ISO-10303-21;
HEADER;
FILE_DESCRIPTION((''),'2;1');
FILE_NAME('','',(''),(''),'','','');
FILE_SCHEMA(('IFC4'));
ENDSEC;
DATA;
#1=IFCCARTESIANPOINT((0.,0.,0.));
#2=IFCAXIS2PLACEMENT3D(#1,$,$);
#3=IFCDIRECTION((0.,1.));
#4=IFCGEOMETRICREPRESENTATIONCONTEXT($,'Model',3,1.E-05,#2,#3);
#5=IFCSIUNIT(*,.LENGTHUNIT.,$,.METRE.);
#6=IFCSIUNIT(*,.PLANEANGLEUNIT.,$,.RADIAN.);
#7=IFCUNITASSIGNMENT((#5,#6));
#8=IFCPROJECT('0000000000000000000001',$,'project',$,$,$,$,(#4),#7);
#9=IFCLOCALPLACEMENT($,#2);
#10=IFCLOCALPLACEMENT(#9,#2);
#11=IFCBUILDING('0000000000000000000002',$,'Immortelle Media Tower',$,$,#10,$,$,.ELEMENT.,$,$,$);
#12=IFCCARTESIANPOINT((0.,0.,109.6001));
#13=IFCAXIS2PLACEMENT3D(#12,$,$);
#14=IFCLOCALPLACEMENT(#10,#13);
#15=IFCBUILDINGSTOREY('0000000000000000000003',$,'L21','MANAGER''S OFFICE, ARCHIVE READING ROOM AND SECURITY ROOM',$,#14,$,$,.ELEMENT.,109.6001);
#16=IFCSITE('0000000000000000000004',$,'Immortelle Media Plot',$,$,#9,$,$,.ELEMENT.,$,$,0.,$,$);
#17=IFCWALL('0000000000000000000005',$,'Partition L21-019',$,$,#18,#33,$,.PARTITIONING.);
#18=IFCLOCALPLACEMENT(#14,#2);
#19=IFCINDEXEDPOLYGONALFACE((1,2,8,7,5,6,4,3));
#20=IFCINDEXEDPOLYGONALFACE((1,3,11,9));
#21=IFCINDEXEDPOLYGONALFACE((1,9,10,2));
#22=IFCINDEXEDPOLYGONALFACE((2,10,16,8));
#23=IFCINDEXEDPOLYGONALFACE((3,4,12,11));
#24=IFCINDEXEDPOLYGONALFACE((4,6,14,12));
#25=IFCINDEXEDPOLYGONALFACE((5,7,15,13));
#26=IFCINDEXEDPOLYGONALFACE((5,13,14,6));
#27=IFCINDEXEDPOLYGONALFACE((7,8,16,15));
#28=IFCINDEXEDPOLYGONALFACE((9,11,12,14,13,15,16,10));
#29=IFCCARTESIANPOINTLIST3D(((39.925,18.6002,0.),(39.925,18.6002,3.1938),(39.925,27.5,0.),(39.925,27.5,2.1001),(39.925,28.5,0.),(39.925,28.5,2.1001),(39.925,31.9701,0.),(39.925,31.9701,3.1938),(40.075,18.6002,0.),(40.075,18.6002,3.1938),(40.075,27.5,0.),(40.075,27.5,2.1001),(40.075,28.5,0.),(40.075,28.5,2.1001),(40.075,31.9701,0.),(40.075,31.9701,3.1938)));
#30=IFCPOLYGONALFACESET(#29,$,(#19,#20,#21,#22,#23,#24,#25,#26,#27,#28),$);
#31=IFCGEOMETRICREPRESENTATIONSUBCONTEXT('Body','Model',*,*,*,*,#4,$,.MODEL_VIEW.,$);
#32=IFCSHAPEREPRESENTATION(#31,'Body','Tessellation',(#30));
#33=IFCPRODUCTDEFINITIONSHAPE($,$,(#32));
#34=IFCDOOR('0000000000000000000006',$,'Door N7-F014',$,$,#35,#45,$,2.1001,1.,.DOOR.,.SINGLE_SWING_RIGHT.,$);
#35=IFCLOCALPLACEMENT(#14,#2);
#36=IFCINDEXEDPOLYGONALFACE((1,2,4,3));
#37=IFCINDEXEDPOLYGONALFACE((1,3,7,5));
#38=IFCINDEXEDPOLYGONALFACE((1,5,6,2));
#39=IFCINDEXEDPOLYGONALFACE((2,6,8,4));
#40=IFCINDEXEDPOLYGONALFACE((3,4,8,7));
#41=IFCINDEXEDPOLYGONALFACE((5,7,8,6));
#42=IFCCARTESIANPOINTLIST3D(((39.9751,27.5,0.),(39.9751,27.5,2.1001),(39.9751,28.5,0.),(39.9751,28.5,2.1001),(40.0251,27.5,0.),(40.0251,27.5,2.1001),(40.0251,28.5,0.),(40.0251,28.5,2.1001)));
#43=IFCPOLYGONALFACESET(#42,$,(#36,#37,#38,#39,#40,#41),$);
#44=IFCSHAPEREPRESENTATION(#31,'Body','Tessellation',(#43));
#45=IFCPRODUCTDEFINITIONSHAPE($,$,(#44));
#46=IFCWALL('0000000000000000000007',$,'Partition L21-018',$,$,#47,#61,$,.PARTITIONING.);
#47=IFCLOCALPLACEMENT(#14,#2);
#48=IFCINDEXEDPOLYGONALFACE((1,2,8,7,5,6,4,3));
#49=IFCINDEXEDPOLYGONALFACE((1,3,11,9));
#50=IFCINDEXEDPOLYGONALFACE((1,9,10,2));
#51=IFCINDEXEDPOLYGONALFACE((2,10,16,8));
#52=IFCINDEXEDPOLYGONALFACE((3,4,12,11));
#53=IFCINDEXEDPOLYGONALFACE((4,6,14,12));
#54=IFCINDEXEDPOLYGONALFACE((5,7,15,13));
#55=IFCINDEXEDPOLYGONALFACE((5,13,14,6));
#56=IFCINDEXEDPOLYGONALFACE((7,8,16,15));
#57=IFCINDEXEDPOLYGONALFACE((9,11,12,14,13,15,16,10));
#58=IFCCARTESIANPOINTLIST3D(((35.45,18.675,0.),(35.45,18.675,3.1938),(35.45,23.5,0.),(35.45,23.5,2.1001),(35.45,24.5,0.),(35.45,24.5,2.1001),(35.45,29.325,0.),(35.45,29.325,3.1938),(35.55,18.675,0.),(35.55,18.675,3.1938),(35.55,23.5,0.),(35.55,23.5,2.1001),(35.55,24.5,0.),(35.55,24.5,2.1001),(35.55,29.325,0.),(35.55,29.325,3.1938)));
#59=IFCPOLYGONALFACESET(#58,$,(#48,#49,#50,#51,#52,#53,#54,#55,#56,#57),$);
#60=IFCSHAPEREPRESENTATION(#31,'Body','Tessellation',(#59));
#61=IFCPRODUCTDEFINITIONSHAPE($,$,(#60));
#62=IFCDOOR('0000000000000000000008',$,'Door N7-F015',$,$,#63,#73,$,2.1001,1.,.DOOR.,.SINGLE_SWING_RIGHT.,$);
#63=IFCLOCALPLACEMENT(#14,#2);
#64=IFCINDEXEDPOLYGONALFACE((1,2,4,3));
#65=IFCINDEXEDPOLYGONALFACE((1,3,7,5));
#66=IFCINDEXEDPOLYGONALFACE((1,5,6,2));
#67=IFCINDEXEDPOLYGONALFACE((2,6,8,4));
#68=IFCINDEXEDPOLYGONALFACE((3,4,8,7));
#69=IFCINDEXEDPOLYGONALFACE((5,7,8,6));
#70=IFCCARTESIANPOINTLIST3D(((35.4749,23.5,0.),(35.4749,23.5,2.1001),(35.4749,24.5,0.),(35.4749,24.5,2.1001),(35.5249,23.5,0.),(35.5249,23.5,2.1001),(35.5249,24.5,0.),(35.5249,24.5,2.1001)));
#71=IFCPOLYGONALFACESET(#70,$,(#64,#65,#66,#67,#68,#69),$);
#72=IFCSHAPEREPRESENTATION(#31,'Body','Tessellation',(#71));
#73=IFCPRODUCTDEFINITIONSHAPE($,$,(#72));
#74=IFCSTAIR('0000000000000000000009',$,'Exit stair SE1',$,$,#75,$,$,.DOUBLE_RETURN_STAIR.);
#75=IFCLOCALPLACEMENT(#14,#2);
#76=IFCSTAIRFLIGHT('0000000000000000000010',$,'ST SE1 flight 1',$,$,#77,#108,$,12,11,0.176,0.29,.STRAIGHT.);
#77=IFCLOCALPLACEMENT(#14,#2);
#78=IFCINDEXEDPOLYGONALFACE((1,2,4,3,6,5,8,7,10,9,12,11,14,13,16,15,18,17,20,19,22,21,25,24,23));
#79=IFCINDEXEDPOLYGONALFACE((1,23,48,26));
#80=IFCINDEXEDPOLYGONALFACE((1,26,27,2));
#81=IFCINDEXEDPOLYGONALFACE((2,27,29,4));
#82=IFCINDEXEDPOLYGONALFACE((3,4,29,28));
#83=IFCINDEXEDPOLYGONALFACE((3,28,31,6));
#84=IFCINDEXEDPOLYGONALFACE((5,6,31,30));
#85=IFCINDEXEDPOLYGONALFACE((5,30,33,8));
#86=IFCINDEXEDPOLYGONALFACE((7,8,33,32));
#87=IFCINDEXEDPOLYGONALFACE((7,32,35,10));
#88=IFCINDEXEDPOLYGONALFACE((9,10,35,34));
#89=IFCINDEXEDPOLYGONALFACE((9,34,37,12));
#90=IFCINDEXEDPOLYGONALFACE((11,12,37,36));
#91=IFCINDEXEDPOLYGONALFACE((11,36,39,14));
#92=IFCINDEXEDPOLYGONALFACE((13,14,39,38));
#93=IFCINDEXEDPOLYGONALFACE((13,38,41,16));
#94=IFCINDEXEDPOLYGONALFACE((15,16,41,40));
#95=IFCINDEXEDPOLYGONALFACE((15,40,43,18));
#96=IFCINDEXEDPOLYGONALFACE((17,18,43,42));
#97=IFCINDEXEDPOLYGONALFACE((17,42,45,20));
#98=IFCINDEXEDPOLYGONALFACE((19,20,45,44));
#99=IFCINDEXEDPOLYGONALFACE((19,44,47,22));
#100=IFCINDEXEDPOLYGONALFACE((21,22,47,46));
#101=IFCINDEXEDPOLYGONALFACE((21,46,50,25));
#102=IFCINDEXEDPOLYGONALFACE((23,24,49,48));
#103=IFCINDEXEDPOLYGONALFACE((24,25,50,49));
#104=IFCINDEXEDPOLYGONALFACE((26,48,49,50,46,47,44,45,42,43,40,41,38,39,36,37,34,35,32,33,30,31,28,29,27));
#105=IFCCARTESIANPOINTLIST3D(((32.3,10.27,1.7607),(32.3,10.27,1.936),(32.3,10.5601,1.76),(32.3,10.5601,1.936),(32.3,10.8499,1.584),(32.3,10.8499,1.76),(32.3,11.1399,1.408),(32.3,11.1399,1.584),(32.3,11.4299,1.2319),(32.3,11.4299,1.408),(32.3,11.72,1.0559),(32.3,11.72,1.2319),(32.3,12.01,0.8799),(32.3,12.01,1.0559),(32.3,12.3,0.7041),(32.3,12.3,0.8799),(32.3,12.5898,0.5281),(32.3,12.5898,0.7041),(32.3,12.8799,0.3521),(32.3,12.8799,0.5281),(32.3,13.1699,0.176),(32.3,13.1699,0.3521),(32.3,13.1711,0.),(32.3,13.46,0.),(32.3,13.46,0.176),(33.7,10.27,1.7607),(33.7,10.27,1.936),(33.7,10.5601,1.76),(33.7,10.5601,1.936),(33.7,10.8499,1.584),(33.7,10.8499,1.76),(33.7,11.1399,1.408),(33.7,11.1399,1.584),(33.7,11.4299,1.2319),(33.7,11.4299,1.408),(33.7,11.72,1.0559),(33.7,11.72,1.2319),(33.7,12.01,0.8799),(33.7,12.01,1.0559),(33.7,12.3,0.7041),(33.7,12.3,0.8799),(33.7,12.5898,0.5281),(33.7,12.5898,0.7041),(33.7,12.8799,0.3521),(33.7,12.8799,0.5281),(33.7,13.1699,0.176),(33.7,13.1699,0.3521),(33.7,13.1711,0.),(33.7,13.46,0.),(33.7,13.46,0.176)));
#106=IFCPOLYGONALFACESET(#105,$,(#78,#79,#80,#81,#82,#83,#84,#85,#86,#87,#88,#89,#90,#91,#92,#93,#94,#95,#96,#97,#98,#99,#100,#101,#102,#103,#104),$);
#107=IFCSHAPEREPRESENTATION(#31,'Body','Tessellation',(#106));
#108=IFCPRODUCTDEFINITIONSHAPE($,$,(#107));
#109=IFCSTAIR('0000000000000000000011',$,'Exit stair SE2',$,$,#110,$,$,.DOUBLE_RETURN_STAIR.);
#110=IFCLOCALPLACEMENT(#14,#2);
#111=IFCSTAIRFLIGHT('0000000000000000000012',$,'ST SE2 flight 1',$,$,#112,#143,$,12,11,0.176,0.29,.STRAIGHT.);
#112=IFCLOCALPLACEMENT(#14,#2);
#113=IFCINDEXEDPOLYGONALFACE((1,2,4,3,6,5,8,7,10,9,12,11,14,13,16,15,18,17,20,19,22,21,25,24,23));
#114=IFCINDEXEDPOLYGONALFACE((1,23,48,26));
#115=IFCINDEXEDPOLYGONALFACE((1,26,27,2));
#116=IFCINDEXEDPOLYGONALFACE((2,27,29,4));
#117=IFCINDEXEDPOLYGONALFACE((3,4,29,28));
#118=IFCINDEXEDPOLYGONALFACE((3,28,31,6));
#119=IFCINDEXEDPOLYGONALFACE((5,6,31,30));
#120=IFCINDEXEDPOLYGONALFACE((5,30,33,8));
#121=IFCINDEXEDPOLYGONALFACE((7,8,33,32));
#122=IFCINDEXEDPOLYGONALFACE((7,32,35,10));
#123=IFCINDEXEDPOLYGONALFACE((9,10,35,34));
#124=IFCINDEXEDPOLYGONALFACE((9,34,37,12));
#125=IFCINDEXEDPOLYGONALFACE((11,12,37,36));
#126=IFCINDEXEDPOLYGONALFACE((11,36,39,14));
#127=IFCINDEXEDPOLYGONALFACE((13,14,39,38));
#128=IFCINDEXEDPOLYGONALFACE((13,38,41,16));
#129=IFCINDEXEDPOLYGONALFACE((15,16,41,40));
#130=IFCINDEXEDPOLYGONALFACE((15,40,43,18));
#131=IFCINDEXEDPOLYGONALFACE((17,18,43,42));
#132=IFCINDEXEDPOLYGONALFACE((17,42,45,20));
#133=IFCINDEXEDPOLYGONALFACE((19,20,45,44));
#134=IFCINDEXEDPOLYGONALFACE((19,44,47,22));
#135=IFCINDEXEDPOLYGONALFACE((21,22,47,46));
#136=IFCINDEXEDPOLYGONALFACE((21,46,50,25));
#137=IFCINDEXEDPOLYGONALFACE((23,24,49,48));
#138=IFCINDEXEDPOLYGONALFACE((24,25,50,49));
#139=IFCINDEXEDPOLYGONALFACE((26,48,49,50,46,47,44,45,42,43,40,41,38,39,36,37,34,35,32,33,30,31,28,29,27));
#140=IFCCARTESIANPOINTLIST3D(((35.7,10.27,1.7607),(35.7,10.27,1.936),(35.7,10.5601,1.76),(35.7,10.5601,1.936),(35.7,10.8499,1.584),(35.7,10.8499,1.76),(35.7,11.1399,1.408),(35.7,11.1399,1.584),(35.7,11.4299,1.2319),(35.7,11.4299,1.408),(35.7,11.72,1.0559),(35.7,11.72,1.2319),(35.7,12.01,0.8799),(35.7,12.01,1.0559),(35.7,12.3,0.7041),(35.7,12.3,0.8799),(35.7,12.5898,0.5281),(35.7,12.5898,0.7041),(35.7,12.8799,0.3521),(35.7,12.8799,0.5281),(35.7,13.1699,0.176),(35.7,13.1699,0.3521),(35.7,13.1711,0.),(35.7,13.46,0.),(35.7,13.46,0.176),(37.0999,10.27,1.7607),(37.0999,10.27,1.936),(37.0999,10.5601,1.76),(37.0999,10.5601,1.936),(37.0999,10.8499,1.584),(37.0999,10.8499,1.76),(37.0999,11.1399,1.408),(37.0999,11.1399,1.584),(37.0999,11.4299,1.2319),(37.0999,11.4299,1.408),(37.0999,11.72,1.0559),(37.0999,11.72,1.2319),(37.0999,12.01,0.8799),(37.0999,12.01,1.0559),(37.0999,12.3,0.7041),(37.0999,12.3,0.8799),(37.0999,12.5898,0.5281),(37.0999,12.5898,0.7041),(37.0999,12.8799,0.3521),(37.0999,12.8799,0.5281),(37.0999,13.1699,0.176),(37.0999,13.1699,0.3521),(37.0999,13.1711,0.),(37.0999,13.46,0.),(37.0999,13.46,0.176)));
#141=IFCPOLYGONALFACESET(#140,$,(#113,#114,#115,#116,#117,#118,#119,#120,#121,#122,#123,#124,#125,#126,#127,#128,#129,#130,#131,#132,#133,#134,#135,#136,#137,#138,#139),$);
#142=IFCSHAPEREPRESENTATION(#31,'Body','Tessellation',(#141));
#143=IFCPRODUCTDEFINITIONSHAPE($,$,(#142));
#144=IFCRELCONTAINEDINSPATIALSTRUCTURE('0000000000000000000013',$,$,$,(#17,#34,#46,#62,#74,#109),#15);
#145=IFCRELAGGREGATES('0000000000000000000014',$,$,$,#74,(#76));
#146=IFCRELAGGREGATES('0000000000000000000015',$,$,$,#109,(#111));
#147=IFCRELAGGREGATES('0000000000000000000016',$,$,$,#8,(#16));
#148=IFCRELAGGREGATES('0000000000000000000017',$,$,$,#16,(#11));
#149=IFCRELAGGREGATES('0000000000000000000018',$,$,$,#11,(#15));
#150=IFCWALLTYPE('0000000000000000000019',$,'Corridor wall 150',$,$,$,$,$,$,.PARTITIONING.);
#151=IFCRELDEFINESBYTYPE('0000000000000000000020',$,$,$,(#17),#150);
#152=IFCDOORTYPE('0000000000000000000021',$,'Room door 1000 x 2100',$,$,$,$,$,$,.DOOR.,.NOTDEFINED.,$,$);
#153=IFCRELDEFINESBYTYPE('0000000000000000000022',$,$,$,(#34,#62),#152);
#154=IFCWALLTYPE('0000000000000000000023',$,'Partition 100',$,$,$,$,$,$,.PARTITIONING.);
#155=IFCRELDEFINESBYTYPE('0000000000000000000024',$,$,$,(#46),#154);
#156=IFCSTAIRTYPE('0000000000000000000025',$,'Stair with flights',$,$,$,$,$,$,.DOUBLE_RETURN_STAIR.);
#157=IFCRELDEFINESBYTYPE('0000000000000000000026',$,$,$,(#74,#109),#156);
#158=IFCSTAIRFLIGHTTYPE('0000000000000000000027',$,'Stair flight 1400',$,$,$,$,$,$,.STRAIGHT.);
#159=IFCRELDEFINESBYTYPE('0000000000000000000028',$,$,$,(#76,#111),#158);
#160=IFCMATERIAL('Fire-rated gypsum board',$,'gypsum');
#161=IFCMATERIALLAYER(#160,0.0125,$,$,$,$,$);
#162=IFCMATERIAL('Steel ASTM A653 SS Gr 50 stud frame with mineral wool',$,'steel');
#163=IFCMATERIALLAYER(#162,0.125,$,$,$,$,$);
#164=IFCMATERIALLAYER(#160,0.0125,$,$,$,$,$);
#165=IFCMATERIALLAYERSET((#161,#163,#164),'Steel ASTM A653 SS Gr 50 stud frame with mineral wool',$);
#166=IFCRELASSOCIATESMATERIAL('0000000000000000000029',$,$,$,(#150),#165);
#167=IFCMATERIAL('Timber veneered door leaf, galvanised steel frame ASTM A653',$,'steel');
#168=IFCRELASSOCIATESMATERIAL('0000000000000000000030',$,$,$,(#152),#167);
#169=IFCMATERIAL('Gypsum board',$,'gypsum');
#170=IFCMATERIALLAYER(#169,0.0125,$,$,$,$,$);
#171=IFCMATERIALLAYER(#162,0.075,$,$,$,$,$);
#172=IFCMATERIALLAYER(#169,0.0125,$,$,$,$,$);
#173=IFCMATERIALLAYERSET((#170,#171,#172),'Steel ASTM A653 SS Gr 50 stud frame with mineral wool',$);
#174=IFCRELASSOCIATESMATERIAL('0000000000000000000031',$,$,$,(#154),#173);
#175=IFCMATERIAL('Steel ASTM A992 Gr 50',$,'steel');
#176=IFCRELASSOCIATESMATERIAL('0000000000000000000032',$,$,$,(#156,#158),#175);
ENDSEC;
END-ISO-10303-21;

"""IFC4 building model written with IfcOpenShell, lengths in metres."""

from ifc_helpers import new_model, si_unit, direction, frame, frame_2d, origin, place, context, subcontext, project, spatial, polyline, rectangle, outline, extrude, material, layer, layer_set, type_object, element, fill, aggregate, save


model = new_model("IFC4")

# Units and contexts
model_context = context("Model", 3, precision=1e-05, world=origin(), true_north=direction((0.0, 1.0)))
body_context = subcontext(model_context, "Body", "Model", "MODEL_VIEW")
ifc_project = project(units=[si_unit("LENGTHUNIT", "METRE"), si_unit("PLANEANGLEUNIT", "RADIAN")], contexts=[model_context])

# Site, building, storey
site_placement = place(None, origin())
site = spatial("IfcSite", under=ifc_project, at=site_placement, Name="Immortelle Media Plot", CompositionType="ELEMENT", RefElevation=0.0)
building_placement = place(site_placement, origin())
building = spatial("IfcBuilding", under=site, at=building_placement, Name="Immortelle Media Tower", CompositionType="ELEMENT")
storey_placement = place(building_placement, frame((0.0, 0.0, 109.6001)))
storey = spatial("IfcBuildingStorey", under=building, at=storey_placement, Name="L21", Description="MANAGER'S OFFICE, ARCHIVE READING ROOM AND SECURITY ROOM", CompositionType="ELEMENT", Elevation=109.6001)

# Shared definitions
ifc_material_1 = material(Name="Steel ASTM A992 Gr 50", Category="steel")

# Walls, openings, doors
ifc_material_2 = material(Name="Fire-rated gypsum board", Category="gypsum")
ifc_layer_1 = layer(ifc_material_2, 0.0125)
ifc_material_3 = material(Name="Steel ASTM A653 SS Gr 50 stud frame with mineral wool", Category="steel")
ifc_layer_2 = layer(ifc_material_3, 0.125)
ifc_layer_3 = layer(ifc_material_2, 0.0125)
ifc_layer_set_1 = layer_set([ifc_layer_1, ifc_layer_2, ifc_layer_3], Name="Steel ASTM A653 SS Gr 50 stud frame with mineral wool")
wall_type_1 = type_object("IfcWallType", Name="Corridor wall 150", PredefinedType="PARTITIONING", material=ifc_layer_set_1)
wall_1_placement = place(storey_placement, frame((40.0, 18.6001, 0.0), z_axis=(0.0, 0.0, 1.0), x_axis=(0.0, 1.0, 0.0)))
wall_1 = element("IfcWall", 1, at=wall_1_placement, inside=storey, type_object=wall_type_1, Name="Partition L21-019", PredefinedType="PARTITIONING", context=body_context, shape_type="SweptSolid", body=[
    extrude(rectangle(XDim=13.3699, YDim=0.1499, at=frame_2d((6.6851, 0.0))), origin(), (0.0, 0.0, 1.0), 3.1938),
])
opening_1_placement = place(wall_1_placement, frame((8.8999, 0.0, 0.0)))
opening_1 = element("IfcOpeningElement", 2, at=opening_1_placement, cuts=wall_1, PredefinedType="OPENING", context=body_context, shape_type="SweptSolid", body=[
    extrude(rectangle(XDim=1.0, YDim=2.1001, at=frame_2d((0.5, 1.05))), frame((0.0, 0.085, 0.0), z_axis=(0.0, -1.0, 0.0), x_axis=(1.0, 0.0, 0.0)), (0.0, 0.0, 1.0), 0.1699),
])
ifc_material_4 = material(Name="Timber veneered door leaf, galvanised steel frame ASTM A653", Category="steel")
door_type = type_object("IfcDoorType", Name="Room door 1000 x 2100", OperationType="NOTDEFINED", PredefinedType="DOOR", material=ifc_material_4)
door_1_placement = place(opening_1_placement, origin())
door_1 = element("IfcDoor", 3, at=door_1_placement, inside=storey, type_object=door_type, Name="Door N7-F014", OperationType="SINGLE_SWING_RIGHT", OverallHeight=2.1001, OverallWidth=1.0, PredefinedType="DOOR", context=body_context, shape_type="SweptSolid", body=[
    extrude(rectangle(XDim=1.0, YDim=2.1001, at=frame_2d((0.5, 1.05))), frame((0.0, 0.0249, 0.0), z_axis=(0.0, -1.0, 0.0), x_axis=(1.0, 0.0, 0.0)), (0.0, 0.0, 1.0), 0.05),
])
fill(opening_1, door_1)
ifc_material_5 = material(Name="Gypsum board", Category="gypsum")
ifc_layer_4 = layer(ifc_material_5, 0.0125)
ifc_layer_5 = layer(ifc_material_3, 0.075)
ifc_layer_6 = layer(ifc_material_5, 0.0125)
ifc_layer_set_2 = layer_set([ifc_layer_4, ifc_layer_5, ifc_layer_6], Name="Steel ASTM A653 SS Gr 50 stud frame with mineral wool")
wall_type_2 = type_object("IfcWallType", Name="Partition 100", PredefinedType="PARTITIONING", material=ifc_layer_set_2)
wall_2_placement = place(storey_placement, frame((35.5, 18.675, 0.0), z_axis=(0.0, 0.0, 1.0), x_axis=(0.0, 1.0, 0.0)))
wall_2 = element("IfcWall", 4, at=wall_2_placement, inside=storey, type_object=wall_type_2, Name="Partition L21-018", PredefinedType="PARTITIONING", context=body_context, shape_type="SweptSolid", body=[
    extrude(rectangle(XDim=10.6499, YDim=0.1001, at=frame_2d((5.325, 0.0))), origin(), (0.0, 0.0, 1.0), 3.1938),
])
opening_2_placement = place(wall_2_placement, frame((5.825, 0.0, 0.0), z_axis=(0.0, 0.0, 1.0), x_axis=(-1.0, 0.0, 0.0)))
opening_2 = element("IfcOpeningElement", 5, at=opening_2_placement, cuts=wall_2, PredefinedType="OPENING", context=body_context, shape_type="SweptSolid", body=[
    extrude(rectangle(XDim=1.0, YDim=2.1001, at=frame_2d((0.5, 1.05))), frame((0.0, 0.0601, 0.0), z_axis=(0.0, -1.0, 0.0), x_axis=(1.0, 0.0, 0.0)), (0.0, 0.0, 1.0), 0.1201),
])
door_2_placement = place(opening_2_placement, origin())
door_2 = element("IfcDoor", 6, at=door_2_placement, inside=storey, type_object=door_type, Name="Door N7-F015", OperationType="SINGLE_SWING_RIGHT", OverallHeight=2.1001, OverallWidth=1.0, PredefinedType="DOOR", context=body_context, shape_type="SweptSolid", body=[
    extrude(rectangle(XDim=1.0, YDim=2.1001, at=frame_2d((0.5, 1.05))), frame((0.0, 0.0249, 0.0), z_axis=(0.0, -1.0, 0.0), x_axis=(1.0, 0.0, 0.0)), (0.0, 0.0, 1.0), 0.05),
])
fill(opening_2, door_2)

# Stair, stair flight
stair_type = type_object("IfcStairType", Name="Stair with flights", PredefinedType="DOUBLE_RETURN_STAIR", material=ifc_material_1)
stair_1_placement = place(storey_placement, origin())
stair_1 = element("IfcStair", 7, at=stair_1_placement, inside=storey, type_object=stair_type, Name="Exit stair SE1", PredefinedType="DOUBLE_RETURN_STAIR")
stair_flight_type = type_object("IfcStairFlightType", Name="Stair flight 1400", PredefinedType="STRAIGHT", material=ifc_material_1)
stair_flight_1_placement = place(storey_placement, frame((33.0, 13.46, 0.0), z_axis=(0.0, 0.0, 1.0), x_axis=(0.0, -1.0, 0.0)))
stair_flight_1 = element("IfcStairFlight", 8, at=stair_flight_1_placement, type_object=stair_flight_type, Name="ST SE1 flight 1", NumberOfRisers=12, NumberOfTreads=11, PredefinedType="STRAIGHT", RiserHeight=0.176, TreadLength=0.29, context=body_context, shape_type="SweptSolid", body=[
    extrude(outline(polyline([(0.0, 0.0), (0.0, 0.176), (0.29, 0.176), (0.29, 0.3521), (0.5801, 0.3521), (0.5801, 0.5281), (0.8701, 0.5281), (0.8701, 0.7041), (1.1599, 0.7041), (1.1599, 0.8799), (1.45, 0.8799), (1.45, 1.0559), (1.74, 1.0559), (1.74, 1.2319), (2.03, 1.2319), (2.03, 1.408), (2.3201, 1.408), (2.3201, 1.584), (2.6101, 1.584), (2.6101, 1.76), (2.8999, 1.76), (2.8999, 1.936), (3.1899, 1.936), (3.1899, 2.1121), (3.1899, 1.7607), (0.2888, 0.0), (0.0, 0.0)])), frame((0.0, 0.7, 0.0), z_axis=(0.0, -1.0, 0.0), x_axis=(1.0, 0.0, 0.0)), (0.0, 0.0, 1.0), 1.3999),
])
aggregate(stair_1, [stair_flight_1])

# Stair, stair flight
stair_2_placement = place(storey_placement, origin())
stair_2 = element("IfcStair", 9, at=stair_2_placement, inside=storey, type_object=stair_type, Name="Exit stair SE2", PredefinedType="DOUBLE_RETURN_STAIR")
stair_flight_2_placement = place(storey_placement, frame((36.3999, 13.46, 0.0), z_axis=(0.0, 0.0, 1.0), x_axis=(0.0, -1.0, 0.0)))
stair_flight_2 = element("IfcStairFlight", 10, at=stair_flight_2_placement, type_object=stair_flight_type, Name="ST SE2 flight 1", NumberOfRisers=12, NumberOfTreads=11, PredefinedType="STRAIGHT", RiserHeight=0.176, TreadLength=0.29, context=body_context, shape_type="SweptSolid", body=[
    extrude(outline(polyline([(0.0, 0.0), (0.0, 0.176), (0.29, 0.176), (0.29, 0.3521), (0.5801, 0.3521), (0.5801, 0.5281), (0.8701, 0.5281), (0.8701, 0.7041), (1.1599, 0.7041), (1.1599, 0.8799), (1.45, 0.8799), (1.45, 1.0559), (1.74, 1.0559), (1.74, 1.2319), (2.03, 1.2319), (2.03, 1.408), (2.3201, 1.408), (2.3201, 1.584), (2.6101, 1.584), (2.6101, 1.76), (2.8999, 1.76), (2.8999, 1.936), (3.1899, 1.936), (3.1899, 2.1121), (3.1899, 1.7607), (0.2888, 0.0), (0.0, 0.0)])), frame((0.0, 0.7, 0.0), z_axis=(0.0, -1.0, 0.0), x_axis=(1.0, 0.0, 0.0)), (0.0, 0.0, 1.0), 1.3999),
])
aggregate(stair_2, [stair_flight_2])

save(model, "model.ifc")
